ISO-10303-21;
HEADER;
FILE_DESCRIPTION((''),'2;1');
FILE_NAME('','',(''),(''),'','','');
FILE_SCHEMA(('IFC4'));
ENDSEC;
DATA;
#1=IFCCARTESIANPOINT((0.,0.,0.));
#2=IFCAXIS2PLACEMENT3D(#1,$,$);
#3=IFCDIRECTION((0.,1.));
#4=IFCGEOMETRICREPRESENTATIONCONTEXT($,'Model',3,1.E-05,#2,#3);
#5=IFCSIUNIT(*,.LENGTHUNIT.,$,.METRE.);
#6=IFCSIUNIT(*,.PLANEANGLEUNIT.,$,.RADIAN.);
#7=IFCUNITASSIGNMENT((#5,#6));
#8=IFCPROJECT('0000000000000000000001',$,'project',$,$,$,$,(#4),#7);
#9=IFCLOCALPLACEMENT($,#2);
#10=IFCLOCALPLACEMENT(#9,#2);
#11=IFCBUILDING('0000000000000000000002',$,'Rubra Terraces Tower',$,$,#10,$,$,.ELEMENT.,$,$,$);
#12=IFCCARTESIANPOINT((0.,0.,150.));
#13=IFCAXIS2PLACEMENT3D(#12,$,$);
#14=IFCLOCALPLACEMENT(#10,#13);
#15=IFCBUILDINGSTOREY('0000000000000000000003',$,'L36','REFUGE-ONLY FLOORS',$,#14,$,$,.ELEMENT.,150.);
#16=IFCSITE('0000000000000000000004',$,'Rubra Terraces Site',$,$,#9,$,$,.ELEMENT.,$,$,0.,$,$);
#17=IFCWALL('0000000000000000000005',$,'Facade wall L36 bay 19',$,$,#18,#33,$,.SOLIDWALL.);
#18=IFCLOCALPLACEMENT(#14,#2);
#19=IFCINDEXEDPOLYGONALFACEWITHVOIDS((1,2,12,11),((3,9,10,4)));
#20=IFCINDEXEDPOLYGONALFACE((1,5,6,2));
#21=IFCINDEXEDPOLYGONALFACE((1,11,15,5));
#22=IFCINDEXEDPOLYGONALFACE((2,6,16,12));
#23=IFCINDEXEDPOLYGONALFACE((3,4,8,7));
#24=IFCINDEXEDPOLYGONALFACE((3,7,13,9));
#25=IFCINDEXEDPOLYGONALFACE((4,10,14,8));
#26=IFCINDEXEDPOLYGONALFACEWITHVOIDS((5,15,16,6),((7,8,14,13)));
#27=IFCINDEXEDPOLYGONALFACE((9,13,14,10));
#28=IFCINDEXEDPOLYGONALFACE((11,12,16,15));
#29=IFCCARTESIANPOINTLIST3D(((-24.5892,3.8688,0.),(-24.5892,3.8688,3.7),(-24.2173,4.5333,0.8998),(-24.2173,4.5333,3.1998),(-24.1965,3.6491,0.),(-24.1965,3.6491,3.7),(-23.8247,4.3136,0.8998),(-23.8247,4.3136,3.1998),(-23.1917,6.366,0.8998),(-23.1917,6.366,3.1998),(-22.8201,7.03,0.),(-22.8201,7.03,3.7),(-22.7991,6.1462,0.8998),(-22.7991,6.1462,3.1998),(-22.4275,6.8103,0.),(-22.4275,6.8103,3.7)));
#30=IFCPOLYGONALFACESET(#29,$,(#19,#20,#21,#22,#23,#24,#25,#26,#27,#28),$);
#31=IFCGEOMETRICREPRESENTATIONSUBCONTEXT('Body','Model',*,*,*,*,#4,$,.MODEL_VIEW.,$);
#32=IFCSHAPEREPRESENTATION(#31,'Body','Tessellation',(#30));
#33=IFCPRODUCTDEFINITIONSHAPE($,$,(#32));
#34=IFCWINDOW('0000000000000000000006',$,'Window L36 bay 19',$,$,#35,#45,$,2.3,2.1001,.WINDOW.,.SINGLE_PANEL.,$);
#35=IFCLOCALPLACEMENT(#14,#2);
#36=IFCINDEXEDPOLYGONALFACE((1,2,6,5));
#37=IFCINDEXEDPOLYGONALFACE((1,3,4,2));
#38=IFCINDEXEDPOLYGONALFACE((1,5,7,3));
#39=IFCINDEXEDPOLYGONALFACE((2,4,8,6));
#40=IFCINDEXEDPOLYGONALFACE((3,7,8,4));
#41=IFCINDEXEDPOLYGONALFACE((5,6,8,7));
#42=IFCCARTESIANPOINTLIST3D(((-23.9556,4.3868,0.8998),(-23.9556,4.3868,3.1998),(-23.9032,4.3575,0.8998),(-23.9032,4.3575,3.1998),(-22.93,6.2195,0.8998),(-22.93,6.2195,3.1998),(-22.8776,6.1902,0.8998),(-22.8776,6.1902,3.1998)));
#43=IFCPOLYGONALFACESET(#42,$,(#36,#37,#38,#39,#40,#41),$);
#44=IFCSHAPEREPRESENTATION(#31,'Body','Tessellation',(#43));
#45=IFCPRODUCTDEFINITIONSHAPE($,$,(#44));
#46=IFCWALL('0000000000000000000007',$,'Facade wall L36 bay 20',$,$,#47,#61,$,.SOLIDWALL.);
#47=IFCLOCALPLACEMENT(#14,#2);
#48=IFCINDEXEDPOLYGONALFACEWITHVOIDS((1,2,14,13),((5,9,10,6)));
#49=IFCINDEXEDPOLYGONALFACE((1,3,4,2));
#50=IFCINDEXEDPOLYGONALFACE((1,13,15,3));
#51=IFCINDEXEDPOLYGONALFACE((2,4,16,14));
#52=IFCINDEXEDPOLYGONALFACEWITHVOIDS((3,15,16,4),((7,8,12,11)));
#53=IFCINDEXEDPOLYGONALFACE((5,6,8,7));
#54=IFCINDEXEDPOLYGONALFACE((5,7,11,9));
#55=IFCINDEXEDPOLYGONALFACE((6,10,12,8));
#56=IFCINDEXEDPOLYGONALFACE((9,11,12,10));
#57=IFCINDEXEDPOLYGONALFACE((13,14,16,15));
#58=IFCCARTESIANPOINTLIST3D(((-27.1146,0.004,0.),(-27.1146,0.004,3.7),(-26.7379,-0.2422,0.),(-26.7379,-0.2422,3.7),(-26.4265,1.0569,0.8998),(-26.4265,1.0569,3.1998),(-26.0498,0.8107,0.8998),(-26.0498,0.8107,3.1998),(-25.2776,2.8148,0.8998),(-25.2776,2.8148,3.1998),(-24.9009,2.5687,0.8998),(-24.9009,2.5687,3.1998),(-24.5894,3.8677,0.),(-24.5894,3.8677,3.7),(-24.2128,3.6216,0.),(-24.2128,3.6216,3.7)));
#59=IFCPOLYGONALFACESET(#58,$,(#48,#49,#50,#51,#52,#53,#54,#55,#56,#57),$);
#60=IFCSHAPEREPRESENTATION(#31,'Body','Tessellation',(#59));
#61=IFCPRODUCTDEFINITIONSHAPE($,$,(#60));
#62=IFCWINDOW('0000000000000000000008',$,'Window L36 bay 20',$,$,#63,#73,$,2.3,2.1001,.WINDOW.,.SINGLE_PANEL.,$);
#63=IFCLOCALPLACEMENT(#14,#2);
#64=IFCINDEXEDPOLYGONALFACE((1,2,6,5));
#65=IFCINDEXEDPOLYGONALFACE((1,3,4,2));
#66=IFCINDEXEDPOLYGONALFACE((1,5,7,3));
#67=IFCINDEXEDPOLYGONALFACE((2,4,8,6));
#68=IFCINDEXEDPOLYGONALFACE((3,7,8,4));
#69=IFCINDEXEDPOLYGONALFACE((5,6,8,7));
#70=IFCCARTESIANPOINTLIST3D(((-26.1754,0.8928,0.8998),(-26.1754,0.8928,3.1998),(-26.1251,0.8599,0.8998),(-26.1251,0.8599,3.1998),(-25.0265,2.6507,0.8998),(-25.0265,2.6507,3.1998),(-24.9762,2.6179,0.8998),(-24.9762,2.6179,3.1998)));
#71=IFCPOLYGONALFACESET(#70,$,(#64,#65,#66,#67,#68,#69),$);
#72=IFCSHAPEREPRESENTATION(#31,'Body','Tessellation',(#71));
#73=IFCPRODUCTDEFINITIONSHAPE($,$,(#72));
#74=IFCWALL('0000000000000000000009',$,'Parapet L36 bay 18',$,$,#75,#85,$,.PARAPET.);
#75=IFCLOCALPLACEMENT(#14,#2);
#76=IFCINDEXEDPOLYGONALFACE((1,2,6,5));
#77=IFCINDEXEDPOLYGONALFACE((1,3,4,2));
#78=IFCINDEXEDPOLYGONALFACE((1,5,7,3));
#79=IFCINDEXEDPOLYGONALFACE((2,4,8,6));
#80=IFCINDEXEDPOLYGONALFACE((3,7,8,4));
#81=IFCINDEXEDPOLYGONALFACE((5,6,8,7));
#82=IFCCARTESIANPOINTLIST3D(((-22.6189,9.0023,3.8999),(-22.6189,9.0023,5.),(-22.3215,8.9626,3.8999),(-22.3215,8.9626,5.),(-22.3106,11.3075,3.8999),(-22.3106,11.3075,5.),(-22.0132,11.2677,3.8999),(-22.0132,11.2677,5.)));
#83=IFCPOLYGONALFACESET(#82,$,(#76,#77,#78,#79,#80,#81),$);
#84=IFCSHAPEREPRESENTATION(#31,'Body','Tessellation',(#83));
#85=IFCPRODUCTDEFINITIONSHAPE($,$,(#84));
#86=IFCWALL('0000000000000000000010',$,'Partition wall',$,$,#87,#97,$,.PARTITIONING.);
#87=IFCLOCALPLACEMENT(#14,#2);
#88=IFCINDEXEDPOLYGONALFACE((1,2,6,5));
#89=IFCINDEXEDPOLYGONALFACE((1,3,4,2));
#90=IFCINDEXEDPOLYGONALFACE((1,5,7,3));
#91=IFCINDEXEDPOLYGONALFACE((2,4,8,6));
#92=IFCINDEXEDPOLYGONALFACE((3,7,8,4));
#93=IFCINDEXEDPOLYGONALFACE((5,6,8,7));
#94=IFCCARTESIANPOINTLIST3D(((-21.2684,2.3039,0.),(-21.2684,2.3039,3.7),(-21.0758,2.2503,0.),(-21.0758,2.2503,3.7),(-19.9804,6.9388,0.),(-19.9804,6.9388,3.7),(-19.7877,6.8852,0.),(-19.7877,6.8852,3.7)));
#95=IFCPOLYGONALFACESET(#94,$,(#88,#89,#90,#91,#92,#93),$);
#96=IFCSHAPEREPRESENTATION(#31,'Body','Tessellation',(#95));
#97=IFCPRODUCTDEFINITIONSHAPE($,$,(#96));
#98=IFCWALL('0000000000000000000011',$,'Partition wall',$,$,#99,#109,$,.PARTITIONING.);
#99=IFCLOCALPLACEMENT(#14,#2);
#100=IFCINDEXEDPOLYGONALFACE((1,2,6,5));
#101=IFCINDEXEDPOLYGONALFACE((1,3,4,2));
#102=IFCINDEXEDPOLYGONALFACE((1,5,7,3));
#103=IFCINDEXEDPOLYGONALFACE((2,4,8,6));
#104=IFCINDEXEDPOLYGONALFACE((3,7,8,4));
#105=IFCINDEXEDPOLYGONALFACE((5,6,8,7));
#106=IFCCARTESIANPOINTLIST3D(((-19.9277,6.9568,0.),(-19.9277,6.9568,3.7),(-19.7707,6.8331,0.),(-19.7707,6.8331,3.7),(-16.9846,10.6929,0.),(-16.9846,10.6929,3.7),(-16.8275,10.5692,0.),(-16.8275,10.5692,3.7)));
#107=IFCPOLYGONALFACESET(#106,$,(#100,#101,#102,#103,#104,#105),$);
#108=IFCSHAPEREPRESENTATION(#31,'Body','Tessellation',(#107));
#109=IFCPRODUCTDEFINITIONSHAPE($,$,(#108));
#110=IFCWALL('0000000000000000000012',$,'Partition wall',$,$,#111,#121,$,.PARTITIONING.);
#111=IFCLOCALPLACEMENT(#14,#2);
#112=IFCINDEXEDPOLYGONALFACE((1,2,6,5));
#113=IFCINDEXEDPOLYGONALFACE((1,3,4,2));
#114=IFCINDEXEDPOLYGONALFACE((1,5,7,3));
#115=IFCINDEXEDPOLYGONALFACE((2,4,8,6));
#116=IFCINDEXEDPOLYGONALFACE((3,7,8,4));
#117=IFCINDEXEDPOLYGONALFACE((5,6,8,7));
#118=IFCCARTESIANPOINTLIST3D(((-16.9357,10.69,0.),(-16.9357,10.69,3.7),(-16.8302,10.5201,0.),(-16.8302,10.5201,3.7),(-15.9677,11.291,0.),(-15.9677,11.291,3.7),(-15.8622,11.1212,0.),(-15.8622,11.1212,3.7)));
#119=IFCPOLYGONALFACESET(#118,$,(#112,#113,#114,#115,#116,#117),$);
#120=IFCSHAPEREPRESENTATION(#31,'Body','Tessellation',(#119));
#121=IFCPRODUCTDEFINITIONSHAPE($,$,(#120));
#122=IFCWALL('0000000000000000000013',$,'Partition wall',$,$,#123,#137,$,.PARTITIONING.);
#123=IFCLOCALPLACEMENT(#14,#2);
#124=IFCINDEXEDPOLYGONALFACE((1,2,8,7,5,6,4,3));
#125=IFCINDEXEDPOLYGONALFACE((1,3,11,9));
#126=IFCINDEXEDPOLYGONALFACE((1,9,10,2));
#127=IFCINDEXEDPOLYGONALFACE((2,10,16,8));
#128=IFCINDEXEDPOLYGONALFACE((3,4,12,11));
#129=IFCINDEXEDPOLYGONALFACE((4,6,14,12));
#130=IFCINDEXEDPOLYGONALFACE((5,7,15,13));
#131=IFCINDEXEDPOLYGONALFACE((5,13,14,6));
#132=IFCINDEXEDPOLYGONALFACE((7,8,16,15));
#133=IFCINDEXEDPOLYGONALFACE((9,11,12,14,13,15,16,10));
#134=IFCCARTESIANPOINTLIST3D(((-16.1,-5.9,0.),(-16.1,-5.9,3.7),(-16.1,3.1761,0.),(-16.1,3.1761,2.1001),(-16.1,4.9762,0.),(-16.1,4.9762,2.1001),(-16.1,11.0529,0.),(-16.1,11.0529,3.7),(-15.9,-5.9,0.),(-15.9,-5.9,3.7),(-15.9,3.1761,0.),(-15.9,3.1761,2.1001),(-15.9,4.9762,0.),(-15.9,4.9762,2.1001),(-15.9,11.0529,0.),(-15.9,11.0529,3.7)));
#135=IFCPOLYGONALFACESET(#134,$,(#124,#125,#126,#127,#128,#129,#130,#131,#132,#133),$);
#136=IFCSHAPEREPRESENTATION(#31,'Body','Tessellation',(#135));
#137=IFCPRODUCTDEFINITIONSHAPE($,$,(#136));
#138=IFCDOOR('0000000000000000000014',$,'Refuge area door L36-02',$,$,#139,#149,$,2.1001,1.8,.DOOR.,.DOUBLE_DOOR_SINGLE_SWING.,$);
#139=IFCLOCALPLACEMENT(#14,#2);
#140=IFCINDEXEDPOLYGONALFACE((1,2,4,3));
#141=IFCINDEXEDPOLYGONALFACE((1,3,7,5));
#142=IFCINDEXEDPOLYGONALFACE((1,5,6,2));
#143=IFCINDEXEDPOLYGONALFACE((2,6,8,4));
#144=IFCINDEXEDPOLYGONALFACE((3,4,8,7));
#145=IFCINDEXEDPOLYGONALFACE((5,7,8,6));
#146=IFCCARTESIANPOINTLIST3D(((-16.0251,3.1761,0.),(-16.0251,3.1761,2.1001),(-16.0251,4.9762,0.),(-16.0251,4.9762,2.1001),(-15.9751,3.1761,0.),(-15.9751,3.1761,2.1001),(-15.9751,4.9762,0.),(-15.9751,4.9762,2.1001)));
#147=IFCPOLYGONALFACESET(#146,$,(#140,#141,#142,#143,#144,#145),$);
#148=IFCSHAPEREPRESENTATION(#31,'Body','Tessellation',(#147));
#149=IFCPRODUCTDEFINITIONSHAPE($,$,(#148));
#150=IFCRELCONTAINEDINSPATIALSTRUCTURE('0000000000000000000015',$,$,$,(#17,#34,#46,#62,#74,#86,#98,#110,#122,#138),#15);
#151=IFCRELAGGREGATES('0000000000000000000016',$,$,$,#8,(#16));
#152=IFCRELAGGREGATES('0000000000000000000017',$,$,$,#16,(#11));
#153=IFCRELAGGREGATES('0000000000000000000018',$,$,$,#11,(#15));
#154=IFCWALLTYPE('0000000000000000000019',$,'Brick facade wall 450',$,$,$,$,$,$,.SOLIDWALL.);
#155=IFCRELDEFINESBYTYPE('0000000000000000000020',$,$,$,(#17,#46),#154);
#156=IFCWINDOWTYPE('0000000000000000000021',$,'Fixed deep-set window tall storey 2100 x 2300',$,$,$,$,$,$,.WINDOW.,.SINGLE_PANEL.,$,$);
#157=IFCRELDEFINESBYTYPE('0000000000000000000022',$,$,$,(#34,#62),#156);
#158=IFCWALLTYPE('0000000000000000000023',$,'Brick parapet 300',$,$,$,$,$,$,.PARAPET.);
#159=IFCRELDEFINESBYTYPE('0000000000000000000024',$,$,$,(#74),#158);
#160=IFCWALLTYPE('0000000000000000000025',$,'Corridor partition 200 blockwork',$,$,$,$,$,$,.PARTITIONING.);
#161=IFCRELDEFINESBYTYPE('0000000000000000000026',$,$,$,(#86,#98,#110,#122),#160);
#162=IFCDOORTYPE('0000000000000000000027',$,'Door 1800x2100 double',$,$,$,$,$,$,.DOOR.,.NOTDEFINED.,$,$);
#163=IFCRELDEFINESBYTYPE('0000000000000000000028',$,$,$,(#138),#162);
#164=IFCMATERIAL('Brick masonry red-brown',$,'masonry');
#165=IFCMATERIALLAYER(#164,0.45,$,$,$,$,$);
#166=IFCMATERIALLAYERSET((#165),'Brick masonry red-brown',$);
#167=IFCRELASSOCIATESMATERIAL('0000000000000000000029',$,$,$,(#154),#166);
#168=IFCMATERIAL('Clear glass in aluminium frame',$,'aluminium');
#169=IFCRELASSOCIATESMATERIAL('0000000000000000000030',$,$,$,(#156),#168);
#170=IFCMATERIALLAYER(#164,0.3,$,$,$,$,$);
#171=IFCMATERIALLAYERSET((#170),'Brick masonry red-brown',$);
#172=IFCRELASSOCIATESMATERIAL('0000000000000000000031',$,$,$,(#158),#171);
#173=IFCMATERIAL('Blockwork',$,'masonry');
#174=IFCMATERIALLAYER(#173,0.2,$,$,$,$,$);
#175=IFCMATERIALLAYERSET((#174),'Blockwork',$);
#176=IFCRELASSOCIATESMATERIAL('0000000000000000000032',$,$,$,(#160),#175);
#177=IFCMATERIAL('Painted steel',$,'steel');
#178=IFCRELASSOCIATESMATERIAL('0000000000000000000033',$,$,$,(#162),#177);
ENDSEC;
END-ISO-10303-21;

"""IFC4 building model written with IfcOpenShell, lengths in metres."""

from ifc_helpers import new_model, si_unit, direction, frame, frame_2d, origin, place, context, subcontext, project, spatial, rectangle, extrude, material, layer, layer_set, type_object, element, fill, save


model = new_model("IFC4")

# Units and contexts
model_context = context("Model", 3, precision=1e-05, world=origin(), true_north=direction((0.0, 1.0)))
body_context = subcontext(model_context, "Body", "Model", "MODEL_VIEW")
ifc_project = project(units=[si_unit("LENGTHUNIT", "METRE"), si_unit("PLANEANGLEUNIT", "RADIAN")], contexts=[model_context])

# Site, building, storey
site_placement = place(None, origin())
site = spatial("IfcSite", under=ifc_project, at=site_placement, Name="Rubra Terraces Site", CompositionType="ELEMENT", RefElevation=0.0)
building_placement = place(site_placement, origin())
building = spatial("IfcBuilding", under=site, at=building_placement, Name="Rubra Terraces Tower", CompositionType="ELEMENT")
storey_placement = place(building_placement, frame((0.0, 0.0, 150.0)))
storey = spatial("IfcBuildingStorey", under=building, at=storey_placement, Name="L36", Description="REFUGE-ONLY FLOORS", CompositionType="ELEMENT", Elevation=150.0)

# Walls, openings, windows
ifc_material_1 = material(Name="Brick masonry red-brown", Category="masonry")
ifc_layer_1 = layer(ifc_material_1, 0.45)
ifc_layer_set_1 = layer_set([ifc_layer_1], Name="Brick masonry red-brown")
wall_type_1 = type_object("IfcWallType", Name="Brick facade wall 450", PredefinedType="SOLIDWALL", material=ifc_layer_set_1)
wall_1_placement = place(storey_placement, frame((-22.6238, 6.9202, 0.0), z_axis=(0.0, 0.0, 1.0), x_axis=(-0.488353, -0.872646, 0.0)))
wall_1 = element("IfcWall", 1, at=wall_1_placement, inside=storey, type_object=wall_type_1, Name="Facade wall L36 bay 19", PredefinedType="SOLIDWALL", context=body_context, shape_type="SweptSolid", body=[
    extrude(rectangle(XDim=3.6226, YDim=0.45, at=frame_2d((1.8113, 0.0))), origin(), (0.0, 0.0, 1.0), 3.7),
])
opening_1_placement = place(wall_1_placement, frame((0.761, 0.0, 0.8999)))
opening_1 = element("IfcOpeningElement", 2, at=opening_1_placement, cuts=wall_1, PredefinedType="OPENING", context=body_context, shape_type="SweptSolid", body=[
    extrude(rectangle(XDim=2.1001, YDim=2.3, at=frame_2d((1.05, 1.1499))), frame((0.0, 0.2349, 0.0), z_axis=(0.0, -1.0, 0.0), x_axis=(1.0, 0.0, 0.0)), (0.0, 0.0, 1.0), 0.47),
])
ifc_material_2 = material(Name="Clear glass in aluminium frame", Category="aluminium")
window_type = type_object("IfcWindowType", Name="Fixed deep-set window tall storey 2100 x 2300", PartitioningType="SINGLE_PANEL", PredefinedType="WINDOW", material=ifc_material_2)
window_1_placement = place(opening_1_placement, origin())
window_1 = element("IfcWindow", 3, at=window_1_placement, inside=storey, type_object=window_type, Name="Window L36 bay 19", OverallHeight=2.3, OverallWidth=2.1001, PartitioningType="SINGLE_PANEL", PredefinedType="WINDOW", context=body_context, shape_type="SweptSolid", body=[
    extrude(rectangle(XDim=2.1001, YDim=2.3, at=frame_2d((1.05, 1.1499))), frame((0.0, 0.135, 0.0), z_axis=(0.0, -1.0, 0.0), x_axis=(1.0, 0.0, 0.0)), (0.0, 0.0, 1.0), 0.0601),
])
fill(opening_1, window_1)
wall_2_placement = place(storey_placement, frame((-24.4011, 3.7446, 0.0), z_axis=(0.0, 0.0, 1.0), x_axis=(-0.547073, -0.837085, 0.0)))
wall_2 = element("IfcWall", 4, at=wall_2_placement, inside=storey, type_object=wall_type_1, Name="Facade wall L36 bay 20", PredefinedType="SOLIDWALL", context=body_context, shape_type="SweptSolid", body=[
    extrude(rectangle(XDim=4.6157, YDim=0.45, at=frame_2d((2.3079, 0.0))), origin(), (0.0, 0.0, 1.0), 3.7),
])
opening_2_placement = place(wall_2_placement, frame((1.2578, 0.0, 0.8999)))
opening_2 = element("IfcOpeningElement", 5, at=opening_2_placement, cuts=wall_2, PredefinedType="OPENING", context=body_context, shape_type="SweptSolid", body=[
    extrude(rectangle(XDim=2.1001, YDim=2.3, at=frame_2d((1.05, 1.1499))), frame((0.0, 0.2349, 0.0), z_axis=(0.0, -1.0, 0.0), x_axis=(1.0, 0.0, 0.0)), (0.0, 0.0, 1.0), 0.47),
])
window_2_placement = place(opening_2_placement, origin())
window_2 = element("IfcWindow", 6, at=window_2_placement, inside=storey, type_object=window_type, Name="Window L36 bay 20", OverallHeight=2.3, OverallWidth=2.1001, PartitioningType="SINGLE_PANEL", PredefinedType="WINDOW", context=body_context, shape_type="SweptSolid", body=[
    extrude(rectangle(XDim=2.1001, YDim=2.3, at=frame_2d((1.05, 1.1499))), frame((0.0, 0.135, 0.0), z_axis=(0.0, -1.0, 0.0), x_axis=(1.0, 0.0, 0.0)), (0.0, 0.0, 1.0), 0.0601),
])
fill(opening_2, window_2)

# Walls
ifc_layer_2 = layer(ifc_material_1, 0.3)
ifc_layer_set_2 = layer_set([ifc_layer_2], Name="Brick masonry red-brown")
wall_type_2 = type_object("IfcWallType", Name="Brick parapet 300", PredefinedType="PARAPET", material=ifc_layer_set_2)
wall_3_placement = place(storey_placement, frame((-22.1619, 11.2876, 3.8999), z_axis=(0.0, 0.0, 1.0), x_axis=(-0.132583, -0.991172, 0.0)))
element("IfcWall", 7, at=wall_3_placement, inside=storey, type_object=wall_type_2, Name="Parapet L36 bay 18", PredefinedType="PARAPET", context=body_context, shape_type="SweptSolid", body=[
    extrude(rectangle(XDim=2.3257, YDim=0.3, at=frame_2d((1.1628, 0.0))), origin(), (0.0, 0.0, 1.0), 1.1001),
])
ifc_material_3 = material(Name="Blockwork", Category="masonry")
ifc_layer_3 = layer(ifc_material_3, 0.2)
ifc_layer_set_3 = layer_set([ifc_layer_3], Name="Blockwork")
wall_type_3 = type_object("IfcWallType", Name="Corridor partition 200 blockwork", PredefinedType="PARTITIONING", material=ifc_layer_set_3)
wall_4_placement = place(storey_placement, frame((-21.1721, 2.2771, 0.0), z_axis=(0.0, 0.0, 1.0), x_axis=(0.267756, 0.963487, 0.0)))
element("IfcWall", 8, at=wall_4_placement, inside=storey, type_object=wall_type_3, Name="Partition wall", PredefinedType="PARTITIONING", context=body_context, shape_type="SweptSolid", body=[
    extrude(rectangle(XDim=4.8105, YDim=0.2, at=frame_2d((2.4053, 0.0))), origin(), (0.0, 0.0, 1.0), 3.7),
])
wall_5_placement = place(storey_placement, frame((-19.8491, 6.895, 0.0), z_axis=(0.0, 0.0, 1.0), x_axis=(0.618812, 0.785539, 0.0)))
element("IfcWall", 9, at=wall_5_placement, inside=storey, type_object=wall_type_3, Name="Partition wall", PredefinedType="PARTITIONING", context=body_context, shape_type="SweptSolid", body=[
    extrude(rectangle(XDim=4.7561, YDim=0.2, at=frame_2d((2.3779, 0.0))), origin(), (0.0, 0.0, 1.0), 3.7),
])
wall_6_placement = place(storey_placement, frame((-16.8831, 10.605, 0.0), z_axis=(0.0, 0.0, 1.0), x_axis=(0.849547, 0.527512, 0.0)))
element("IfcWall", 10, at=wall_6_placement, inside=storey, type_object=wall_type_3, Name="Partition wall", PredefinedType="PARTITIONING", context=body_context, shape_type="SweptSolid", body=[
    extrude(rectangle(XDim=1.1394, YDim=0.2, at=frame_2d((0.5698, 0.0))), origin(), (0.0, 0.0, 1.0), 3.7),
])

# Wall, opening, door
wall_7_placement = place(storey_placement, frame((-16.0, 11.053, 0.0), z_axis=(0.0, 0.0, 1.0), x_axis=(0.0, -1.0, 0.0)))
wall_7 = element("IfcWall", 11, at=wall_7_placement, inside=storey, type_object=wall_type_3, Name="Partition wall", PredefinedType="PARTITIONING", context=body_context, shape_type="SweptSolid", body=[
    extrude(rectangle(XDim=16.9529, YDim=0.2, at=frame_2d((8.4766, 0.0))), origin(), (0.0, 0.0, 1.0), 3.7),
])
opening_3_placement = place(wall_7_placement, frame((6.0769, 0.0, 0.0)))
opening_3 = element("IfcOpeningElement", 12, at=opening_3_placement, cuts=wall_7, PredefinedType="OPENING", context=body_context, shape_type="SweptSolid", body=[
    extrude(rectangle(XDim=1.8, YDim=2.1001, at=frame_2d((0.8999, 1.05))), frame((0.0, 0.1099, 0.0), z_axis=(0.0, -1.0, 0.0), x_axis=(1.0, 0.0, 0.0)), (0.0, 0.0, 1.0), 0.22),
])
ifc_material_4 = material(Name="Painted steel", Category="steel")
door_type_1 = type_object("IfcDoorType", Name="Door 1800x2100 double", OperationType="NOTDEFINED", PredefinedType="DOOR", material=ifc_material_4)
door_1_placement = place(opening_3_placement, origin())
door_1 = element("IfcDoor", 13, at=door_1_placement, inside=storey, type_object=door_type_1, Name="Refuge area door L36-02", OperationType="DOUBLE_DOOR_SINGLE_SWING", OverallHeight=2.1001, OverallWidth=1.8, PredefinedType="DOOR", context=body_context, shape_type="SweptSolid", body=[
    extrude(rectangle(XDim=1.8, YDim=2.1001, at=frame_2d((0.8999, 1.05))), frame((0.0, 0.0249, 0.0), z_axis=(0.0, -1.0, 0.0), x_axis=(1.0, 0.0, 0.0)), (0.0, 0.0, 1.0), 0.05),
])
fill(opening_3, door_1)

save(model, "model.ifc")
